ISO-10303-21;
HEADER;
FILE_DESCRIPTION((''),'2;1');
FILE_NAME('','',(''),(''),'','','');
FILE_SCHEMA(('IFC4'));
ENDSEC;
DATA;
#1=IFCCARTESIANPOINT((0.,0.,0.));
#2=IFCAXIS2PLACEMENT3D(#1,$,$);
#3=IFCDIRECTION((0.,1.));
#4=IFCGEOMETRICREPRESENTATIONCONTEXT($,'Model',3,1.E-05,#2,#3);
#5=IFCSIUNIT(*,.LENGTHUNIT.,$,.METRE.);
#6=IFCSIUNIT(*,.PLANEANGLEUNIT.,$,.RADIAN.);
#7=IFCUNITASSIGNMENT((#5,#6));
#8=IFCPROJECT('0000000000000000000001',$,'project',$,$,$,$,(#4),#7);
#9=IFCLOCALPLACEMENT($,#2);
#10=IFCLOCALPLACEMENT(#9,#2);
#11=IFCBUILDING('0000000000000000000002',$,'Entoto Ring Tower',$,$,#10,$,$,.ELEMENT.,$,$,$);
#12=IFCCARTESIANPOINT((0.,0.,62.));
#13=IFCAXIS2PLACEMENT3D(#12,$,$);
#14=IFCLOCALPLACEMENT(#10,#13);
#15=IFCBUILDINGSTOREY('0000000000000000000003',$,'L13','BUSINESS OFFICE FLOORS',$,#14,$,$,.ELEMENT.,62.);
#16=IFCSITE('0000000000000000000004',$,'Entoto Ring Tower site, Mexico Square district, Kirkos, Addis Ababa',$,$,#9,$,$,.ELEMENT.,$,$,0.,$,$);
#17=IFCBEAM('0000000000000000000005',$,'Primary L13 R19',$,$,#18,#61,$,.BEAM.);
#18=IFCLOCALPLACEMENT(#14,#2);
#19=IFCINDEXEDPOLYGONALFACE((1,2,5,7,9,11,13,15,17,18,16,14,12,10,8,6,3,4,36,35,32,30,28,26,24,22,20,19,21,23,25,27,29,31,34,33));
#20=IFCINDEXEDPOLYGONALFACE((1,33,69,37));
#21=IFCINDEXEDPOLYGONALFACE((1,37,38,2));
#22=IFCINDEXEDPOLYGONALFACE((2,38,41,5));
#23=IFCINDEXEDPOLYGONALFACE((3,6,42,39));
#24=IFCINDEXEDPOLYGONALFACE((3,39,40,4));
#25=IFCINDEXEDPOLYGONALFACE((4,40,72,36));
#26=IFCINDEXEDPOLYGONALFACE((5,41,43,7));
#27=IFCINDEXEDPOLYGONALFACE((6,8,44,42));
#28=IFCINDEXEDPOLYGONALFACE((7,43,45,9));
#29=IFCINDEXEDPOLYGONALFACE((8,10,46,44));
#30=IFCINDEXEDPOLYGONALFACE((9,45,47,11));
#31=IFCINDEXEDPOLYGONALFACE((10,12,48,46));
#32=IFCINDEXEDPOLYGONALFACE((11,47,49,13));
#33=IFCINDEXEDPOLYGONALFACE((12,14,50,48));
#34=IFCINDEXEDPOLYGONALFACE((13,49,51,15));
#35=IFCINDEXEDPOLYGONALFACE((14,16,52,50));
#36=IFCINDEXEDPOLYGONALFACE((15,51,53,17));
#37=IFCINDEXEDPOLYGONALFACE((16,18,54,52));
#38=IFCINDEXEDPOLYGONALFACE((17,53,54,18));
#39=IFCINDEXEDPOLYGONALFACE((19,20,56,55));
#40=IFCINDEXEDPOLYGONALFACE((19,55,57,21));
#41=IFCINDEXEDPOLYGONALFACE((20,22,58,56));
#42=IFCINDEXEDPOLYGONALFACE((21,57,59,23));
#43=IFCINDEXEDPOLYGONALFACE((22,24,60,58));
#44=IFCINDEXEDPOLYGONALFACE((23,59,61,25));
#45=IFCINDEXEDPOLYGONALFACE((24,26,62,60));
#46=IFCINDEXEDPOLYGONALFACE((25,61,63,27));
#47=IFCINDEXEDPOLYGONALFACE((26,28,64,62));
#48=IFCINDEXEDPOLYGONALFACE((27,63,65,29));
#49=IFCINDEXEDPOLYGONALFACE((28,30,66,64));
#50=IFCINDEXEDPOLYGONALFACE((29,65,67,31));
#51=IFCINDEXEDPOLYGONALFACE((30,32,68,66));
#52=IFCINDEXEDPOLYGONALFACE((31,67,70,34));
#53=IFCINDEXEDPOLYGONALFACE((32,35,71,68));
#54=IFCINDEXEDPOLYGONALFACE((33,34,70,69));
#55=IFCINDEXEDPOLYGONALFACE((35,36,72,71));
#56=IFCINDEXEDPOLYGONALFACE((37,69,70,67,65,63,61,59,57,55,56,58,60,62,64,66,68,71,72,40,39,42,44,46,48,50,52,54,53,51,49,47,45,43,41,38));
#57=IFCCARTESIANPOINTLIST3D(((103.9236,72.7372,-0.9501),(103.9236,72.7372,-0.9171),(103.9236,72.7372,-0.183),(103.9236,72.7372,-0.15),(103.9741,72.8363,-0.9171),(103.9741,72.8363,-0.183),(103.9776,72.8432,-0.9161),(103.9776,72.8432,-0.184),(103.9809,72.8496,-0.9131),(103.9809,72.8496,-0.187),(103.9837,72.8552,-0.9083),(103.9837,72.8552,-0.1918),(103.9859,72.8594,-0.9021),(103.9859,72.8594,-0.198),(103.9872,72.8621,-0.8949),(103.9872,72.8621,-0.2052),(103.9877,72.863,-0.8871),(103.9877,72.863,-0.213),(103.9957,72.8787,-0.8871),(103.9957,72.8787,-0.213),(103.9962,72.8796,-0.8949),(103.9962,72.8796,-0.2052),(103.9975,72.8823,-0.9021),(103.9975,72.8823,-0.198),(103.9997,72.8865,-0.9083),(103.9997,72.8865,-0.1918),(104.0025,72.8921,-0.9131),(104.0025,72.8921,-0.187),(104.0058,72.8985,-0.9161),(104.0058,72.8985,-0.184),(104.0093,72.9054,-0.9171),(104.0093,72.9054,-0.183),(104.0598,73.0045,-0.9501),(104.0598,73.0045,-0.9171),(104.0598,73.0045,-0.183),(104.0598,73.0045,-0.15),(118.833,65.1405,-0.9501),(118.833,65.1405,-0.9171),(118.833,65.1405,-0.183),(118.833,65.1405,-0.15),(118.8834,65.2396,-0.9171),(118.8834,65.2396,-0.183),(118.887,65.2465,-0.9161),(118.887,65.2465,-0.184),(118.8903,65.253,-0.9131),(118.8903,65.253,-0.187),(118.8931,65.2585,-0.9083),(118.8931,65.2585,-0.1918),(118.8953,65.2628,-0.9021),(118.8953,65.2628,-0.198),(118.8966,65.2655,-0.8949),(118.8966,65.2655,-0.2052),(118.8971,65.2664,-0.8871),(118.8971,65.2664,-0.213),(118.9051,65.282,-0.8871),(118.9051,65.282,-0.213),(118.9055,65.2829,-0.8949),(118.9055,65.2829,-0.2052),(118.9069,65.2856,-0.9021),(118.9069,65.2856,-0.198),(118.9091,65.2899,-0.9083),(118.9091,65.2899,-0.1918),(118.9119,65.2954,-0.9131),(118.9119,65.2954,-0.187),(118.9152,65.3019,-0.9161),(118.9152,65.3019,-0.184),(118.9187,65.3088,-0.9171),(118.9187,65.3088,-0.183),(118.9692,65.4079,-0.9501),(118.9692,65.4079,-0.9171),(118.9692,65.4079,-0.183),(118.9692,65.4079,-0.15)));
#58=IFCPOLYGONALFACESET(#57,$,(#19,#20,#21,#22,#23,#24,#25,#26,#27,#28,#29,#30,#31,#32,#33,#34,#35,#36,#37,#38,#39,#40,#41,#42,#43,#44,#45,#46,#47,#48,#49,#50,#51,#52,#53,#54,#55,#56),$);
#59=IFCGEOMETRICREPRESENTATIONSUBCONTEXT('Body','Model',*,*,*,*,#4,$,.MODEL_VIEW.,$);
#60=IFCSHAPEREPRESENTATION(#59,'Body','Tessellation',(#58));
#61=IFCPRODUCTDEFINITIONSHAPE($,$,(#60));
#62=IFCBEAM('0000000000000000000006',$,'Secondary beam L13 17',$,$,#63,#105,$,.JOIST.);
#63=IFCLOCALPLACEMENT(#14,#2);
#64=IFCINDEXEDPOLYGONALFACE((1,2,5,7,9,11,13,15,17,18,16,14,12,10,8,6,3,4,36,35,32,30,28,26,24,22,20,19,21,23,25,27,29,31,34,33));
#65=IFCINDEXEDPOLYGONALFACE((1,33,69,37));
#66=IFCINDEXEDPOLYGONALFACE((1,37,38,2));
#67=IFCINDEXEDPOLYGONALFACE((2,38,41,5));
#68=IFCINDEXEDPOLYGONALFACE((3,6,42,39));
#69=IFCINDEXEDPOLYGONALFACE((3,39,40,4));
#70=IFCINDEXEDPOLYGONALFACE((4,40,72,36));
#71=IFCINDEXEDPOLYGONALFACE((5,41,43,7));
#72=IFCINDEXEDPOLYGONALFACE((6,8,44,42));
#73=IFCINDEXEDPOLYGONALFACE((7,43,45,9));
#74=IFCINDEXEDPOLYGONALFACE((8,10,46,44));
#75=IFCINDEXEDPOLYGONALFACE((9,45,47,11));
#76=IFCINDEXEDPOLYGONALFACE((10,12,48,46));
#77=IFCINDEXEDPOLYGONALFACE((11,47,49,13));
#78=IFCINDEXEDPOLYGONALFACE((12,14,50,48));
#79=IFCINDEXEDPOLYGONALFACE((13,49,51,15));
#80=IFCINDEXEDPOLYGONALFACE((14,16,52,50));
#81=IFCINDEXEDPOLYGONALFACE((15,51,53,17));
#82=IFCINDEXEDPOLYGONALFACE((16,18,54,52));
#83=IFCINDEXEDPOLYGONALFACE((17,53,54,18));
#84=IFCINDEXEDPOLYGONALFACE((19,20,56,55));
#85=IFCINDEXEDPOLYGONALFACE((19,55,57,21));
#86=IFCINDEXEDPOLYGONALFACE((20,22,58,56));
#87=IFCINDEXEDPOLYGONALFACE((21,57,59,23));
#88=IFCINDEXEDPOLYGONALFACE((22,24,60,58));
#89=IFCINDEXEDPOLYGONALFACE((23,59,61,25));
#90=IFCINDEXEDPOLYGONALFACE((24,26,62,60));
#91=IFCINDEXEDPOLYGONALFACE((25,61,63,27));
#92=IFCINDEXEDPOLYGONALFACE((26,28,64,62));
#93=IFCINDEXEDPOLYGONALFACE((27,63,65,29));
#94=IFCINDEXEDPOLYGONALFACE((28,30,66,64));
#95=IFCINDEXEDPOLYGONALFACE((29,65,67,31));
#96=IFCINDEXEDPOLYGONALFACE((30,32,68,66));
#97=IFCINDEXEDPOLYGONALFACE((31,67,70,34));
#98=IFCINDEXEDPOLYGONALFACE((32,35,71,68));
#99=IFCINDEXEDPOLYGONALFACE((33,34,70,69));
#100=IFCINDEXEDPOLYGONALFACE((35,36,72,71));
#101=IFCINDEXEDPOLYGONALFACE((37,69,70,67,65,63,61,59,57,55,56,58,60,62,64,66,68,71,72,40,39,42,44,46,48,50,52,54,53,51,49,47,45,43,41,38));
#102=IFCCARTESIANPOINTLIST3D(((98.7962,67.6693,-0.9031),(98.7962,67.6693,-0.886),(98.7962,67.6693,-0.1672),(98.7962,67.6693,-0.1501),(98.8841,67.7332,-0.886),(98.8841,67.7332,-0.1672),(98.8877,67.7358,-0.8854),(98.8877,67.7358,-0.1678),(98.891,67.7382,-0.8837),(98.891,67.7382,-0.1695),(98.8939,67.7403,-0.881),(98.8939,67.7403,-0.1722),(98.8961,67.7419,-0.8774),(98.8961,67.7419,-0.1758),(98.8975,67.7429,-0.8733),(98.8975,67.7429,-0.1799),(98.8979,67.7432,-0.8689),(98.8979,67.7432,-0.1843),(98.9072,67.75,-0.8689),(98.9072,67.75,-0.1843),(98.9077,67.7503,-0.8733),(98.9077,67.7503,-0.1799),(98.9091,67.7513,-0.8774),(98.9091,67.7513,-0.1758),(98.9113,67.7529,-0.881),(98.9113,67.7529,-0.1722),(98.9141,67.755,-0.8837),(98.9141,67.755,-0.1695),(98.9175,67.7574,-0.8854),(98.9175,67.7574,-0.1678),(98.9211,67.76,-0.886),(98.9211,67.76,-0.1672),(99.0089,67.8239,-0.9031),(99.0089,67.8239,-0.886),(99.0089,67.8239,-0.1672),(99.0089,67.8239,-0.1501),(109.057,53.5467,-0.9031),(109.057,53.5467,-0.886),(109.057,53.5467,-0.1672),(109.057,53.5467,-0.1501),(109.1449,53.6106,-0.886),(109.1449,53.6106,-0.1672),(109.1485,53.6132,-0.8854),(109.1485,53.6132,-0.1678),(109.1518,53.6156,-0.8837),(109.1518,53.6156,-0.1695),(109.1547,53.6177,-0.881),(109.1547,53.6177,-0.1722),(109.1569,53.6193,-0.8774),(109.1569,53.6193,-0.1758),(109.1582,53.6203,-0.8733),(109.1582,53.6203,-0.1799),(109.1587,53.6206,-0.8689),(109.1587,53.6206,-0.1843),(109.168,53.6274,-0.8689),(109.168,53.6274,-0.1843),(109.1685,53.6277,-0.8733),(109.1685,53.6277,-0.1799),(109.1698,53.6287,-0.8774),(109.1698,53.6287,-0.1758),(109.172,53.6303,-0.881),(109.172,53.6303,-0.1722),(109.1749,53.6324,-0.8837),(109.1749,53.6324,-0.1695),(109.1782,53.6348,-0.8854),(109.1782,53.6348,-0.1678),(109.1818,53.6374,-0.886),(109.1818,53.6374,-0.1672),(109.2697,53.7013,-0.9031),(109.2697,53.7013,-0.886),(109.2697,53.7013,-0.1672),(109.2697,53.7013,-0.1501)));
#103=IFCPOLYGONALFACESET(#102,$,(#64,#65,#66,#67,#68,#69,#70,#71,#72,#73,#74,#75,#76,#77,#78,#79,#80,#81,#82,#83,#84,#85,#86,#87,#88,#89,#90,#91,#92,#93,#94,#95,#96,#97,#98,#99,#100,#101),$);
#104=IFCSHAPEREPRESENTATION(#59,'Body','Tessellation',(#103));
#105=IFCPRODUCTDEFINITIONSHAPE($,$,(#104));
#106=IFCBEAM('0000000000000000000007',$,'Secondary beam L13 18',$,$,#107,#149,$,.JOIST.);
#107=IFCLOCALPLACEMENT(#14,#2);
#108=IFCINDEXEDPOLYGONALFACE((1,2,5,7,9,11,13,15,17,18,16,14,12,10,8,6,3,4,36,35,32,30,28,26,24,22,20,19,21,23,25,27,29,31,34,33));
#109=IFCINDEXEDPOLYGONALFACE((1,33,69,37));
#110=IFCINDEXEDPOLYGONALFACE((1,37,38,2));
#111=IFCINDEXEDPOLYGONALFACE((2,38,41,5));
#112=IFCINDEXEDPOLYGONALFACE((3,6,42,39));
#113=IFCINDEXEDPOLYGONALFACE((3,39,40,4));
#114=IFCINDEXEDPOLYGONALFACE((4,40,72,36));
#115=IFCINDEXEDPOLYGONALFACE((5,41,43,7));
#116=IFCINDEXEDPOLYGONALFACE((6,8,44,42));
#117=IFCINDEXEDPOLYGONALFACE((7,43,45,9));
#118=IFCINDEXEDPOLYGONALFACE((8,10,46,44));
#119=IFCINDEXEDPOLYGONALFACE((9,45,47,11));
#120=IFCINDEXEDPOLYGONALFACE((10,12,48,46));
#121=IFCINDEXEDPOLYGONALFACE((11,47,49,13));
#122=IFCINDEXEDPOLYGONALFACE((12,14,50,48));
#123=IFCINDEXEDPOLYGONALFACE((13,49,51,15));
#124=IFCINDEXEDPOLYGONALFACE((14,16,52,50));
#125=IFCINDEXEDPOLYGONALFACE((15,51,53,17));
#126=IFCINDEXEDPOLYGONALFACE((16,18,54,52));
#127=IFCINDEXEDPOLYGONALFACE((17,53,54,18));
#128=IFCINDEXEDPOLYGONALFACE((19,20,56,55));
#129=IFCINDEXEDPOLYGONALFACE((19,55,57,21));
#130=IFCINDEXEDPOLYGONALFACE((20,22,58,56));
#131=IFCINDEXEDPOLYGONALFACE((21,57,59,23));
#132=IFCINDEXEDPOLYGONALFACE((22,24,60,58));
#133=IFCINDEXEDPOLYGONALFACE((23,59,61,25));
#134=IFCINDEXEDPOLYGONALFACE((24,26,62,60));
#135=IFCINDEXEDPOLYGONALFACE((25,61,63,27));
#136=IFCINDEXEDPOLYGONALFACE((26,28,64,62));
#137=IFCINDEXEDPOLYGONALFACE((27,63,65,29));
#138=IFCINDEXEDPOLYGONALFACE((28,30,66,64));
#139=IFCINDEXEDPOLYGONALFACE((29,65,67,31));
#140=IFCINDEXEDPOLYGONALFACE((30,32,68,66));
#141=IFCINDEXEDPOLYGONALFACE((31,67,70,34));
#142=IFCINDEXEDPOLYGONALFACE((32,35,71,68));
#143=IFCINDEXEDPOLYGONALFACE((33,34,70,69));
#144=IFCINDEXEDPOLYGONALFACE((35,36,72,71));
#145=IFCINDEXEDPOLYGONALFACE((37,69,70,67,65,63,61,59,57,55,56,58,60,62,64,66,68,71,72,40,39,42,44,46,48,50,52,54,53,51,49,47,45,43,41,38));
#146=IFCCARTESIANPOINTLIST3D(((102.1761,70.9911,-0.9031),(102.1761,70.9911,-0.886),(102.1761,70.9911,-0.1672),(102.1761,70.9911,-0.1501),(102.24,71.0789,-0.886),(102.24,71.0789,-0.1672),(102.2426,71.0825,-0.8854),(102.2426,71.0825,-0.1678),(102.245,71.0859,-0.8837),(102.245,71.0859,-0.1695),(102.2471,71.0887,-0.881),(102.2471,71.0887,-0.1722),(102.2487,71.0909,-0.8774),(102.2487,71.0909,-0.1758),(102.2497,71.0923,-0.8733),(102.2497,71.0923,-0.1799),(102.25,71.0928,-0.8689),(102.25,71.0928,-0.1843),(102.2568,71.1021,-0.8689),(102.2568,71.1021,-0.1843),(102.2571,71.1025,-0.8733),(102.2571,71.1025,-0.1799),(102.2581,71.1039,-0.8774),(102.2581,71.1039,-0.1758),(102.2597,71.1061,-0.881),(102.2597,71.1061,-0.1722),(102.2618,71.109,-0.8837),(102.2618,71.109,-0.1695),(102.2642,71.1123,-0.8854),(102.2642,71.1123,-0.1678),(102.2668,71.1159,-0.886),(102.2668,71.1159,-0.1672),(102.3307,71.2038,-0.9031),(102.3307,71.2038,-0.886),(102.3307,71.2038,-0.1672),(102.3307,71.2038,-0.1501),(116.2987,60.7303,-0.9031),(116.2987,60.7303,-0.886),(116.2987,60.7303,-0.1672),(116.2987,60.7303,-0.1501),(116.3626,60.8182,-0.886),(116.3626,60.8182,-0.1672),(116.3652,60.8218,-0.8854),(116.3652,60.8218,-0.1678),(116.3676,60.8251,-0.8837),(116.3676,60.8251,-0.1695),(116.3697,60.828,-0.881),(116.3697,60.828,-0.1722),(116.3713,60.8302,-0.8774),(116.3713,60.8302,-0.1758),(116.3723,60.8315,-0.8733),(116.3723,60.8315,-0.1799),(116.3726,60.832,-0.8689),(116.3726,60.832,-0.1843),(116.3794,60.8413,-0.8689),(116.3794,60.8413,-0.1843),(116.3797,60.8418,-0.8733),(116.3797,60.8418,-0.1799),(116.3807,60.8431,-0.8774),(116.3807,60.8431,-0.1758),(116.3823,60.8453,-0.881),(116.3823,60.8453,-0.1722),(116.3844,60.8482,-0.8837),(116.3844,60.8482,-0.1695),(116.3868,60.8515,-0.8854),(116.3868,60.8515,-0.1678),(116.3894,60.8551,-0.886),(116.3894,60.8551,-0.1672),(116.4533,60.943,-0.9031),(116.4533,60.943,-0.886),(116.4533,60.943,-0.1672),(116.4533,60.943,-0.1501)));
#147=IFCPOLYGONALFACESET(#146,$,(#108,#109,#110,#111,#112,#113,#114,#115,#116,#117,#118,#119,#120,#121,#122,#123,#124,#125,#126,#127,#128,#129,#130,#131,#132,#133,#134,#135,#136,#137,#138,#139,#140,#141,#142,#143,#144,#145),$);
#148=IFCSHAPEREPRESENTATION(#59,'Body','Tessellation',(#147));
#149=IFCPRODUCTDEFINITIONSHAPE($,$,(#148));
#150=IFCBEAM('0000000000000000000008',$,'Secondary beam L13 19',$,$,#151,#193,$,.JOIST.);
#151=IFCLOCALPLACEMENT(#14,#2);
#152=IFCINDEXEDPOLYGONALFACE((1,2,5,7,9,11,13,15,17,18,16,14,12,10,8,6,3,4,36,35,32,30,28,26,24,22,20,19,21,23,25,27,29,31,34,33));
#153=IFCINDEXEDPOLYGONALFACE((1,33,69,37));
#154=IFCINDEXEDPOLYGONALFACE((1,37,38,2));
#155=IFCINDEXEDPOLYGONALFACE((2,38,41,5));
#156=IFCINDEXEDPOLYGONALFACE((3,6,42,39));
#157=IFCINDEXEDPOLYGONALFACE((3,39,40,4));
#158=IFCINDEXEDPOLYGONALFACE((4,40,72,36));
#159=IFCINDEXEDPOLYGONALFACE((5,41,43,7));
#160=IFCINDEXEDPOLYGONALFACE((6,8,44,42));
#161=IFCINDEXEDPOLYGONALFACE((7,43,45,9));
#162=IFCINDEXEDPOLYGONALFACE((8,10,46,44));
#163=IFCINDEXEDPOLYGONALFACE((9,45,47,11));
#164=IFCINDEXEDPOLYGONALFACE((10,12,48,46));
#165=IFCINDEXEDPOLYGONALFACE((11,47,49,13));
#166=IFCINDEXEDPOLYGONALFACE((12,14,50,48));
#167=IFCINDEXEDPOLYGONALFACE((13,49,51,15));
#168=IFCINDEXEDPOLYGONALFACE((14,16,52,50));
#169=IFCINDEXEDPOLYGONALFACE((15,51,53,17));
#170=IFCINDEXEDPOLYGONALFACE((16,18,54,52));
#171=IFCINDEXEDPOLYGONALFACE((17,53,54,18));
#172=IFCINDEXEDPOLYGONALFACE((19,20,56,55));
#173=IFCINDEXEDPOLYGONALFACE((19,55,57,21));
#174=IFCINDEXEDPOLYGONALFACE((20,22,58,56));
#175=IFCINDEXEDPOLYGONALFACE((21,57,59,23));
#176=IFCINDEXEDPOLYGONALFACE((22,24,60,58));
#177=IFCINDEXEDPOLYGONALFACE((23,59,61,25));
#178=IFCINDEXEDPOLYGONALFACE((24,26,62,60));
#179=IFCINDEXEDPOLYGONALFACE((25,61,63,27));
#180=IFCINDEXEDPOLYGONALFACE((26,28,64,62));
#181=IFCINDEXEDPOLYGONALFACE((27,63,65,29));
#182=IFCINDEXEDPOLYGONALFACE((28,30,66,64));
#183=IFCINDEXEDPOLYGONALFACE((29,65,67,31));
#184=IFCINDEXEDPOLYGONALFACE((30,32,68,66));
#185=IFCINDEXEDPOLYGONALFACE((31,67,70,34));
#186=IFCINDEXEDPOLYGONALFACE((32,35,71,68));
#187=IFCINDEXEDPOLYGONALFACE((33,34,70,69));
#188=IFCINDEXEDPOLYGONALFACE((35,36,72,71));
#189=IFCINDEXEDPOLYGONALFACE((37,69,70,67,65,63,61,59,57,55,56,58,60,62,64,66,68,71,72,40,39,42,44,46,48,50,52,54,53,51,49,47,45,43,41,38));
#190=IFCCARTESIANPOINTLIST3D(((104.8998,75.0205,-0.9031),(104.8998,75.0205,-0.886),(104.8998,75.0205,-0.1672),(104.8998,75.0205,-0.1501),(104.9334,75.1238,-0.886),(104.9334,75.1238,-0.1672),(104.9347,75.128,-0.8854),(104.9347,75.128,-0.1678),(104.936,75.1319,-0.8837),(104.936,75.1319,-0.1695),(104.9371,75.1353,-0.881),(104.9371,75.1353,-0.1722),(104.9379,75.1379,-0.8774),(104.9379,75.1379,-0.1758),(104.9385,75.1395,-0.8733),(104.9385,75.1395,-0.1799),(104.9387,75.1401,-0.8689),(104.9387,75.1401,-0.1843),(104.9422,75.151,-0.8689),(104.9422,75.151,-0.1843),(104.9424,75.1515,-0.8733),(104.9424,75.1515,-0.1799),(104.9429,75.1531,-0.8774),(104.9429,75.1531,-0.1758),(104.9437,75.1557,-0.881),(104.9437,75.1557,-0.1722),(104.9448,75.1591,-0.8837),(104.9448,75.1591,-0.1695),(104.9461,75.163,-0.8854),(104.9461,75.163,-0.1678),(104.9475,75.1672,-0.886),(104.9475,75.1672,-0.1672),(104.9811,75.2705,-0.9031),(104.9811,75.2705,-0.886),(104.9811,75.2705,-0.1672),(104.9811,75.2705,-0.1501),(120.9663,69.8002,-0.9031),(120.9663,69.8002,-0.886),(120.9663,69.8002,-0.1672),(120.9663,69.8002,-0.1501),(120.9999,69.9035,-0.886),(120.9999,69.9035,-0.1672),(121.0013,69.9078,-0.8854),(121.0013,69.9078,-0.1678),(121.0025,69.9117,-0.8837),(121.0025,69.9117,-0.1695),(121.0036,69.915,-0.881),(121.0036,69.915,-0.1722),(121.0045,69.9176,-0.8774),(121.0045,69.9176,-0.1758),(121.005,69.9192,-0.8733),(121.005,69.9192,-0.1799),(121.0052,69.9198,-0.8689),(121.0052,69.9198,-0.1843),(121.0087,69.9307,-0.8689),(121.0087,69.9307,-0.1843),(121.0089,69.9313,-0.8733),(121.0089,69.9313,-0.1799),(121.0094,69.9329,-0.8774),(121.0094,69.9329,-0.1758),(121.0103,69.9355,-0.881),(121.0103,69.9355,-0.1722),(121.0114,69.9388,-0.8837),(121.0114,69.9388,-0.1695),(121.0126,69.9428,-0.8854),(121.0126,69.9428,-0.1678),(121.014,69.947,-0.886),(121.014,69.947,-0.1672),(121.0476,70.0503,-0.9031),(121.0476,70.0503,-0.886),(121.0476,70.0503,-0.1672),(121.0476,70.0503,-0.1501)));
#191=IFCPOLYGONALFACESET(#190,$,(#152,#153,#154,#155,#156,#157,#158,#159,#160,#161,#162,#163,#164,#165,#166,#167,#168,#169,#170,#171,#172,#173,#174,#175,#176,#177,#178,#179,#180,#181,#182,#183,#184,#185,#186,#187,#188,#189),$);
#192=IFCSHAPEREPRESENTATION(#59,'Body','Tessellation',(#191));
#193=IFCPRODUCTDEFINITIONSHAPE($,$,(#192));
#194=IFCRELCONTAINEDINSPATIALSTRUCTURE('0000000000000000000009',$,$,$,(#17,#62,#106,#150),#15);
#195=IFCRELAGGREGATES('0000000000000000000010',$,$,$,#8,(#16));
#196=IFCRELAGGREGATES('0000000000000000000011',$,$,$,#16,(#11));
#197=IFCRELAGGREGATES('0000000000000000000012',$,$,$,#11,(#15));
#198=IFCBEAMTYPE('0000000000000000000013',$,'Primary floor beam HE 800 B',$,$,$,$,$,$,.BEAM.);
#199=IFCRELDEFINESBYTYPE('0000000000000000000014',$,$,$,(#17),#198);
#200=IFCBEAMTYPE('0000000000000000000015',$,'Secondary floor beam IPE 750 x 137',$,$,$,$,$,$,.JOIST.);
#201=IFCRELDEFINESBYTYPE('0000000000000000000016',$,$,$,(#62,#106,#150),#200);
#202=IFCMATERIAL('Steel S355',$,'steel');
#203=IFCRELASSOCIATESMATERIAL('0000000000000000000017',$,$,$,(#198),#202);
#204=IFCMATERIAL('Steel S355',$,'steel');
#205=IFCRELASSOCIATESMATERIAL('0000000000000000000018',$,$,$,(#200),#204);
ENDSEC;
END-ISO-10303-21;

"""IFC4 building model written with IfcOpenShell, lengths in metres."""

from ifc_helpers import new_model, si_unit, direction, frame, origin, origin_2d, place, context, subcontext, project, spatial, i_section, extrude, material, material_profile, profile_set, type_object, element, save


model = new_model("IFC4")

# Units and contexts
model_context = context("Model", 3, precision=1e-05, world=origin(), true_north=direction((0.0, 1.0)))
body_context = subcontext(model_context, "Body", "Model", "MODEL_VIEW")
ifc_project = project(units=[si_unit("LENGTHUNIT", "METRE"), si_unit("PLANEANGLEUNIT", "RADIAN")], contexts=[model_context])

# Site, building, storey
site_placement = place(None, origin())
site = spatial("IfcSite", under=ifc_project, at=site_placement, Name="Entoto Ring Tower site, Mexico Square district, Kirkos, Addis Ababa", CompositionType="ELEMENT", RefElevation=0.0)
building_placement = place(site_placement, origin())
building = spatial("IfcBuilding", under=site, at=building_placement, Name="Entoto Ring Tower", CompositionType="ELEMENT")
storey_placement = place(building_placement, frame((0.0, 0.0, 62.0)))
storey = spatial("IfcBuildingStorey", under=building, at=storey_placement, Name="L13", Description="BUSINESS OFFICE FLOORS", CompositionType="ELEMENT", Elevation=62.0)

# Beams
ifc_material_1 = material(Name="Steel S355", Category="steel")
ifc_material_profile_1 = material_profile(ifc_material_1, i_section(OverallWidth=0.3, OverallDepth=0.8, WebThickness=0.0176, FlangeThickness=0.033, FilletRadius=0.03, at=origin_2d()), Name="HE 800 B")
ifc_profile_set_1 = profile_set([ifc_material_profile_1], Name="Steel S355")
beam_type_1 = type_object("IfcBeamType", Name="Primary floor beam HE 800 B", PredefinedType="BEAM", material=ifc_profile_set_1)
beam_1_placement = place(storey_placement, frame((103.9917, 72.8708, -0.55), z_axis=(0.891008, -0.453988, 0.0), x_axis=(0.453988, 0.891008, 0.0)))
element("IfcBeam", 1, at=beam_1_placement, inside=storey, type_object=beam_type_1, Name="Primary L13 R19", PredefinedType="BEAM", context=body_context, shape_type="SweptSolid", body=[
    extrude(i_section(OverallWidth=0.3, OverallDepth=0.8, WebThickness=0.0176, FlangeThickness=0.033, FilletRadius=0.03, at=origin_2d()), origin(), (0.0, 0.0, 1.0), 16.7332),
])
ifc_material_2 = material(Name="Steel S355", Category="steel")
ifc_material_profile_2 = material_profile(ifc_material_2, i_section(OverallWidth=0.2629, OverallDepth=0.7529, WebThickness=0.0115, FlangeThickness=0.0171, FilletRadius=0.0171, at=origin_2d()), Name="IPE 750 x 137")
ifc_profile_set_2 = profile_set([ifc_material_profile_2], Name="Steel S355")
beam_type_2 = type_object("IfcBeamType", Name="Secondary floor beam IPE 750 x 137", PredefinedType="JOIST", material=ifc_profile_set_2)
for number, where, z_axis, x_axis, name in (
    (2, (98.9026, 67.7466, -0.5266), (0.587789, -0.809014, 0.0), (0.809014, 0.587789, 0.0), "Secondary beam L13 17"),
    (3, (102.2534, 71.0974, -0.5266), (0.809014, -0.587789, 0.0), (0.587789, 0.809014, 0.0), "Secondary beam L13 18"),
):
    element("IfcBeam", number, at=place(storey_placement, frame(where, z_axis=z_axis, x_axis=x_axis)), inside=storey, type_object=beam_type_2, Name=name, PredefinedType="JOIST", context=body_context, shape_type="SweptSolid", body=[
        extrude(i_section(OverallWidth=0.2629, OverallDepth=0.7529, WebThickness=0.0115, FlangeThickness=0.0171, FilletRadius=0.0171, at=origin_2d()), origin(), (0.0, 0.0, 1.0), 17.4565),
    ])
beam_2_placement = place(storey_placement, frame((104.9404, 75.1455, -0.5266), z_axis=(0.951058, -0.309013, 0.0), x_axis=(0.309013, 0.951058, 0.0)))
element("IfcBeam", 4, at=beam_2_placement, inside=storey, type_object=beam_type_2, Name="Secondary beam L13 19", PredefinedType="JOIST", context=body_context, shape_type="SweptSolid", body=[
    extrude(i_section(OverallWidth=0.2629, OverallDepth=0.7529, WebThickness=0.0115, FlangeThickness=0.0171, FilletRadius=0.0171, at=origin_2d()), origin(), (0.0, 0.0, 1.0), 16.8933),
])

save(model, "model.ifc")
